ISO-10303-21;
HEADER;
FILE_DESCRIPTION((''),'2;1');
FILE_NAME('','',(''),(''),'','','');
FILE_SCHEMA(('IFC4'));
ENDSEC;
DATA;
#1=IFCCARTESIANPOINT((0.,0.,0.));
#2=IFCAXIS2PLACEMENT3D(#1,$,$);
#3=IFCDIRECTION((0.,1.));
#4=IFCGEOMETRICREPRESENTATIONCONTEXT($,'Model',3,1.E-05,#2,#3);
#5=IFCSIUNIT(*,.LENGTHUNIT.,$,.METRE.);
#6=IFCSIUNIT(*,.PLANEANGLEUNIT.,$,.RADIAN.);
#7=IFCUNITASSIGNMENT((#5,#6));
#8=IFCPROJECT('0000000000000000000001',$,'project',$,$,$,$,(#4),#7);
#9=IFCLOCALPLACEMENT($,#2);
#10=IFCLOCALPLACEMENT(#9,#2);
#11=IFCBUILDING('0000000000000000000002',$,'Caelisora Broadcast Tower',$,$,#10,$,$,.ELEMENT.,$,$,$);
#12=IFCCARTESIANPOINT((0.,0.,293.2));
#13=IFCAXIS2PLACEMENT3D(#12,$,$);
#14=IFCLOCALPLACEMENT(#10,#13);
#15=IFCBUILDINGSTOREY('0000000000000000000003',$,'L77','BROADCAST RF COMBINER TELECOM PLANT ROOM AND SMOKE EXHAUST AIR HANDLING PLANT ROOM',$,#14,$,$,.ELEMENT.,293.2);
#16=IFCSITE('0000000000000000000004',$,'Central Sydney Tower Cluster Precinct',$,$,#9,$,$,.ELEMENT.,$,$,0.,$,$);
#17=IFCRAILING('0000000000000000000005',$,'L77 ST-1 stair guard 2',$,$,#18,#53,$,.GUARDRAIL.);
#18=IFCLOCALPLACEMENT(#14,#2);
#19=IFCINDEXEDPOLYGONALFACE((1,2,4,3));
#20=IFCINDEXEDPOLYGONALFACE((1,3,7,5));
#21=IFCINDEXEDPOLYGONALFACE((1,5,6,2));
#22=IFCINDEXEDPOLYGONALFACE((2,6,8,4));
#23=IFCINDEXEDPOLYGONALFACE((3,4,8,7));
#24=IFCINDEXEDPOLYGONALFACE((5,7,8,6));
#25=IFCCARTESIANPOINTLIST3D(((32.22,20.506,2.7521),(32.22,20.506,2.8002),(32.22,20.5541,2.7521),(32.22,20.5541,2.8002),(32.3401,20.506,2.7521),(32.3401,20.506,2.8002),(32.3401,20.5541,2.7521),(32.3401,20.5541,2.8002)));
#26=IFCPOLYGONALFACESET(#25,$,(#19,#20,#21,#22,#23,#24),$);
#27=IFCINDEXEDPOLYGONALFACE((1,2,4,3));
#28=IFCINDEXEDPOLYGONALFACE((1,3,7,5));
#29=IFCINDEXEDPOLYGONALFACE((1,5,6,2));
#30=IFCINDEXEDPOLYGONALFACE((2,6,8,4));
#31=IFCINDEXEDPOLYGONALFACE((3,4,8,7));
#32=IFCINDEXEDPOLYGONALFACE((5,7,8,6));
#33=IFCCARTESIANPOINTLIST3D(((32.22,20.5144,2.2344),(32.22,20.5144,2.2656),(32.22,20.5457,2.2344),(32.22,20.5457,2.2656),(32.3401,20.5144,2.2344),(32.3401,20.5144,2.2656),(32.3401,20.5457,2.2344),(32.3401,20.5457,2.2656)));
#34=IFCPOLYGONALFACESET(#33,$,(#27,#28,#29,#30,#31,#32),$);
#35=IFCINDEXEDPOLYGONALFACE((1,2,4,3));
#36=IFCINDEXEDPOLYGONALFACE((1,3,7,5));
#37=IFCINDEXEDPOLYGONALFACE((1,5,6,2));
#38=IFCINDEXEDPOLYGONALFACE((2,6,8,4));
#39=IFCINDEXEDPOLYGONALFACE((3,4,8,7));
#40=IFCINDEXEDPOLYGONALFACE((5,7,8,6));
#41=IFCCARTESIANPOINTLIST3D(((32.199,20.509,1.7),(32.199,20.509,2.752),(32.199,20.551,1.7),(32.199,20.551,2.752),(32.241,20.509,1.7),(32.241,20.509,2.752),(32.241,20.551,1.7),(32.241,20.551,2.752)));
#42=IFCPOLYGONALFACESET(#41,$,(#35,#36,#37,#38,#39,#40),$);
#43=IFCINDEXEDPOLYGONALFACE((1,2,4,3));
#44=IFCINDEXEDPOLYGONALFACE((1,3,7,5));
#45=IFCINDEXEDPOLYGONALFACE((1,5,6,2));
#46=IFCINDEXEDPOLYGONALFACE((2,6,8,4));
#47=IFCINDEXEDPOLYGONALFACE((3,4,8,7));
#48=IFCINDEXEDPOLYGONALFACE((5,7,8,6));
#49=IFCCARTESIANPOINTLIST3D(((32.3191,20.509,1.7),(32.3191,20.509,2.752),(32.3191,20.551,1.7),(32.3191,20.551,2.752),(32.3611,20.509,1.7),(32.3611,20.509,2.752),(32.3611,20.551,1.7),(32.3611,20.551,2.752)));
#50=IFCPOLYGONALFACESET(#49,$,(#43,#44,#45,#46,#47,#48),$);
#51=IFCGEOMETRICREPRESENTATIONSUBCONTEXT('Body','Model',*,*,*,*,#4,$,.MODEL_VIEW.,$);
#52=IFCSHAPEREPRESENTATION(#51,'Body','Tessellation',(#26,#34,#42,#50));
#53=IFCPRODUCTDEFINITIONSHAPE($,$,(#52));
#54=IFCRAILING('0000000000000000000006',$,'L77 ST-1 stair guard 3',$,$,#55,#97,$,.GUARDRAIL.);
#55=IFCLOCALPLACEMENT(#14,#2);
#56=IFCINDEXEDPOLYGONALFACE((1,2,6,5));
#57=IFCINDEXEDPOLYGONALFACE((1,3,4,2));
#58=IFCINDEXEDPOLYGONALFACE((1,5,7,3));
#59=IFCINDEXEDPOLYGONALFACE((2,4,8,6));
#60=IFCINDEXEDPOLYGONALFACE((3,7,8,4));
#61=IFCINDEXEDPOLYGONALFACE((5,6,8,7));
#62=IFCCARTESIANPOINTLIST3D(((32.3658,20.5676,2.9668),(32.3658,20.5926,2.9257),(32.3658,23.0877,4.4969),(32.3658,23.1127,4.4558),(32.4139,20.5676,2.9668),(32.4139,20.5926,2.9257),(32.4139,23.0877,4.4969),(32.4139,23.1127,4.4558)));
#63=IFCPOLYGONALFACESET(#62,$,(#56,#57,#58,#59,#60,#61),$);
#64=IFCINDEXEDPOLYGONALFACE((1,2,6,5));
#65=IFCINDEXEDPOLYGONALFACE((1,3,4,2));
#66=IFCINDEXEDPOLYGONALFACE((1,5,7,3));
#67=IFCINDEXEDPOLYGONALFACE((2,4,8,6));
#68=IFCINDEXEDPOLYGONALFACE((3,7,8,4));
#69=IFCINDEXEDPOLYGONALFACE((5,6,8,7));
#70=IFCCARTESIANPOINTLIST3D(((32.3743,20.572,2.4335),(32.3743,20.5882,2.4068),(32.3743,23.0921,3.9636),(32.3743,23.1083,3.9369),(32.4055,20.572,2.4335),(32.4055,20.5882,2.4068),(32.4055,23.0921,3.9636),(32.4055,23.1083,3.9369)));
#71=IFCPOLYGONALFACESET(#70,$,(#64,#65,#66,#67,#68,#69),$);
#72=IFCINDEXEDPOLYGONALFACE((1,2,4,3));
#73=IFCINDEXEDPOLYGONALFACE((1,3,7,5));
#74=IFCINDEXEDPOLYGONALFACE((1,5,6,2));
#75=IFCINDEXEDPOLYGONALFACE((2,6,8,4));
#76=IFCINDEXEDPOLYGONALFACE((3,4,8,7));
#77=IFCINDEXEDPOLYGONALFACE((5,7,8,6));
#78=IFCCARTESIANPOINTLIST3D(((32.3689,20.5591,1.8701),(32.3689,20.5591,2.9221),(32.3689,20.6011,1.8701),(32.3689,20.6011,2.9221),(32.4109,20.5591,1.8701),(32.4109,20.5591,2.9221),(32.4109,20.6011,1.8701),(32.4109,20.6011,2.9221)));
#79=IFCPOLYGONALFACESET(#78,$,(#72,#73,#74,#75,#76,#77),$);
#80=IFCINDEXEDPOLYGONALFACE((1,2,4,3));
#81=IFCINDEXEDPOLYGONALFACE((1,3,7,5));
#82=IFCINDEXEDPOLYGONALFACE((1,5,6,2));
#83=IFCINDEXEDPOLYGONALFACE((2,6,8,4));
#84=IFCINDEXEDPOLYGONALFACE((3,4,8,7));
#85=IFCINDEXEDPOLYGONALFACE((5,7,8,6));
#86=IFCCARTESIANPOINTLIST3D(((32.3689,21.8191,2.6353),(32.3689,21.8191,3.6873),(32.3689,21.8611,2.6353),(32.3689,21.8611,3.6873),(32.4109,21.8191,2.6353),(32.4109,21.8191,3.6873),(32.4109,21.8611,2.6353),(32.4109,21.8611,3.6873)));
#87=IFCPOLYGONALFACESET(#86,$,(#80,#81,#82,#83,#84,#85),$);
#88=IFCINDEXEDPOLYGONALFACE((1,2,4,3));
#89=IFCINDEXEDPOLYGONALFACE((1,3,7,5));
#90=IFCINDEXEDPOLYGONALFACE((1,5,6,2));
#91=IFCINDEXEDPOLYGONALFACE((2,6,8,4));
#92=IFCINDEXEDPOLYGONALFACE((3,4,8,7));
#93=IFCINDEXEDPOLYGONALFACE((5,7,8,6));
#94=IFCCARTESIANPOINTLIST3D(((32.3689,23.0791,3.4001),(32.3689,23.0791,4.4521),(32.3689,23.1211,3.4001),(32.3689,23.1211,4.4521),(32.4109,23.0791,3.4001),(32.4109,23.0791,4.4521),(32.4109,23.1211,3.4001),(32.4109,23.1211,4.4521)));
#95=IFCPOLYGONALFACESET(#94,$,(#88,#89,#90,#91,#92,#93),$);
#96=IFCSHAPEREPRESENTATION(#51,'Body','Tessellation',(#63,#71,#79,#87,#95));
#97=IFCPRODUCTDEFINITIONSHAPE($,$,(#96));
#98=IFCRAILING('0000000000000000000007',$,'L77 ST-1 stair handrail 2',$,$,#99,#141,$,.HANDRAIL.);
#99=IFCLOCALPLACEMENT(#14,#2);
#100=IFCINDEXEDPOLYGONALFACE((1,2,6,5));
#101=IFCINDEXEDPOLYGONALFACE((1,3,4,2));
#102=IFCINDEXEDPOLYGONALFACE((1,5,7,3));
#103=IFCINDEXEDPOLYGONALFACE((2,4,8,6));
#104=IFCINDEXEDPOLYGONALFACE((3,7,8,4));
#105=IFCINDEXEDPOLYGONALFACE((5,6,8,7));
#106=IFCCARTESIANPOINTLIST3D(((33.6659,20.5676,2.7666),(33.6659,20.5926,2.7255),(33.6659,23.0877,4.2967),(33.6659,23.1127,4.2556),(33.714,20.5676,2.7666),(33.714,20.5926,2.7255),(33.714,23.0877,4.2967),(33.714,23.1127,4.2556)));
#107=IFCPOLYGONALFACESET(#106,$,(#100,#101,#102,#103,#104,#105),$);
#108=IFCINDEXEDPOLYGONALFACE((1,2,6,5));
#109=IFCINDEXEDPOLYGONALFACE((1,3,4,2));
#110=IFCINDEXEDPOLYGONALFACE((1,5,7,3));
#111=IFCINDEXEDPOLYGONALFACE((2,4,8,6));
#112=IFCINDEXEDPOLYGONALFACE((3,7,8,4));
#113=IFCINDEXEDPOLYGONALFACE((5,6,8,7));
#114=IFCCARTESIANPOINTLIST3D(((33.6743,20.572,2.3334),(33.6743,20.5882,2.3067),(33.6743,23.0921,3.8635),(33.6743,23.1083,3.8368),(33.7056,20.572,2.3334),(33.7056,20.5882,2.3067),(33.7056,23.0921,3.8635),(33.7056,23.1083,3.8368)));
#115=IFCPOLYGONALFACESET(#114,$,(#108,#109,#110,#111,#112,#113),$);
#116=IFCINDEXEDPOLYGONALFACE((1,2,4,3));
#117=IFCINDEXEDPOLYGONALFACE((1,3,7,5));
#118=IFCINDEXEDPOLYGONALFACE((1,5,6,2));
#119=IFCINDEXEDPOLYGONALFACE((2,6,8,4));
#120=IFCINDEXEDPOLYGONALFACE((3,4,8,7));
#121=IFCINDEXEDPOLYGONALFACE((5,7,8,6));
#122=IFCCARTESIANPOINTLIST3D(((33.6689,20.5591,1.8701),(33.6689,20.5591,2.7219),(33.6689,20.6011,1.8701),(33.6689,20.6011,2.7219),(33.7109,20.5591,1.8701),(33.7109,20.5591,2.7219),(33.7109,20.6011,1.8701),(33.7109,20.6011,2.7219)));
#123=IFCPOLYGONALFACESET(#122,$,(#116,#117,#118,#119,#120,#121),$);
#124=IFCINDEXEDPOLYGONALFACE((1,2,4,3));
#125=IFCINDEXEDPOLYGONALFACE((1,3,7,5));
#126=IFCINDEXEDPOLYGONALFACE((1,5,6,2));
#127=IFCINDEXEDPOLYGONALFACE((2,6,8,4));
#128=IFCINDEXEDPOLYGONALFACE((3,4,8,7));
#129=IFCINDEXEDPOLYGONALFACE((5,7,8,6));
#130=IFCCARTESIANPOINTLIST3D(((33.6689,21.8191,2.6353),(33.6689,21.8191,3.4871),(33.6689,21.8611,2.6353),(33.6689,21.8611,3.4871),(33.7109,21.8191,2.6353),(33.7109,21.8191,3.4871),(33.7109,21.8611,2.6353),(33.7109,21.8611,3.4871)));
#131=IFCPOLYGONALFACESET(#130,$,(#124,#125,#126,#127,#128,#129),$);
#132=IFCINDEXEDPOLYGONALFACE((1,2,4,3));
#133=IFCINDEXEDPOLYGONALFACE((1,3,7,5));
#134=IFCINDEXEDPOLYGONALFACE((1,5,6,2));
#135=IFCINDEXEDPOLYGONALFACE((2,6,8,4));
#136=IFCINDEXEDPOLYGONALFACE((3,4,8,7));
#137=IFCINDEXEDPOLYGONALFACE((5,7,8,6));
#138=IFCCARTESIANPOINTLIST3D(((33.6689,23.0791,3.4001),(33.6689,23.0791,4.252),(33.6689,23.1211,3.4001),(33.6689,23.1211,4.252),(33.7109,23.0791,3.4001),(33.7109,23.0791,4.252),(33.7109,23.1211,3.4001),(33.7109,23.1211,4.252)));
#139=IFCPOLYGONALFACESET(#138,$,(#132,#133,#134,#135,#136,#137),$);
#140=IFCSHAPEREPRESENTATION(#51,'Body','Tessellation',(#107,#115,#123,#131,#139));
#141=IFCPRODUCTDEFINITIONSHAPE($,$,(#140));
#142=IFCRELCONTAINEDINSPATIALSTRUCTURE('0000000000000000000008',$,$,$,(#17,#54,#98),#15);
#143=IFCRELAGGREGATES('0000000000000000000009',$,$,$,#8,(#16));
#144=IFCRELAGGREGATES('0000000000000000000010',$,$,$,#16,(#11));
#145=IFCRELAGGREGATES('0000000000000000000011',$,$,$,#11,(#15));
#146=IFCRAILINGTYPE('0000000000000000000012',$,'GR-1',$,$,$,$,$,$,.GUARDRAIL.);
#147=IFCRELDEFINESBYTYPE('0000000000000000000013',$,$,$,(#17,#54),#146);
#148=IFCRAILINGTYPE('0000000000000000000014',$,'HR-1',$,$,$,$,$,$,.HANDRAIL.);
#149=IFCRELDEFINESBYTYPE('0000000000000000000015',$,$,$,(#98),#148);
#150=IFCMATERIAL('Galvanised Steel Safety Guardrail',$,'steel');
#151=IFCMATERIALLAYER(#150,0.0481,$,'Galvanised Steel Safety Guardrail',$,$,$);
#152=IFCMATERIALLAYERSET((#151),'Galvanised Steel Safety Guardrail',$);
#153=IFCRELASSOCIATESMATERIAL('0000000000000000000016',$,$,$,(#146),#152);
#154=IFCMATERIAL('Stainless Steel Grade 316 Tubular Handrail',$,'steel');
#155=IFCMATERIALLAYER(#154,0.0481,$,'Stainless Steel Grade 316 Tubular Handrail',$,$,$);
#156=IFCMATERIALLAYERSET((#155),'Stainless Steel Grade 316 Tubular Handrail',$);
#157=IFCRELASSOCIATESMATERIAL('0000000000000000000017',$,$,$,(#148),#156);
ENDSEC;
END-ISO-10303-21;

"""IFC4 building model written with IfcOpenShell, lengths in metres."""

from ifc_helpers import new_model, si_unit, direction, frame, origin, origin_2d, place, context, subcontext, project, spatial, rectangle, extrude, material, layer, layer_set, type_object, element, save


model = new_model("IFC4")

# Units and contexts
model_context = context("Model", 3, precision=1e-05, world=origin(), true_north=direction((0.0, 1.0)))
body_context = subcontext(model_context, "Body", "Model", "MODEL_VIEW")
ifc_project = project(units=[si_unit("LENGTHUNIT", "METRE"), si_unit("PLANEANGLEUNIT", "RADIAN")], contexts=[model_context])

# Site, building, storey
site_placement = place(None, origin())
site = spatial("IfcSite", under=ifc_project, at=site_placement, Name="Central Sydney Tower Cluster Precinct", CompositionType="ELEMENT", RefElevation=0.0)
building_placement = place(site_placement, origin())
building = spatial("IfcBuilding", under=site, at=building_placement, Name="Caelisora Broadcast Tower", CompositionType="ELEMENT")
storey_placement = place(building_placement, frame((0.0, 0.0, 293.2)))
storey = spatial("IfcBuildingStorey", under=building, at=storey_placement, Name="L77", Description="BROADCAST RF COMBINER TELECOM PLANT ROOM AND SMOKE EXHAUST AIR HANDLING PLANT ROOM", CompositionType="ELEMENT", Elevation=293.2)

# Railings
ifc_material_1 = material(Name="Galvanised Steel Safety Guardrail", Category="steel")
ifc_layer_1 = layer(ifc_material_1, 0.0481, Name="Galvanised Steel Safety Guardrail")
ifc_layer_set_1 = layer_set([ifc_layer_1], Name="Galvanised Steel Safety Guardrail")
railing_type_1 = type_object("IfcRailingType", Name="GR-1", PredefinedType="GUARDRAIL", material=ifc_layer_set_1)
railing_1_placement = place(storey_placement, frame((32.22, 20.53, 1.7)))
element("IfcRailing", 1, at=railing_1_placement, inside=storey, type_object=railing_type_1, Name="L77 ST-1 stair guard 2", PredefinedType="GUARDRAIL", context=body_context, shape_type="SweptSolid", body=[
    extrude(rectangle(XDim=0.0481, YDim=0.0481, at=origin_2d()), frame((0.0, 0.0, 1.0762), z_axis=(1.0, 0.0, 0.0), x_axis=(0.0, 1.0, 0.0)), (0.0, 0.0, 1.0), 0.1201),
    extrude(rectangle(XDim=0.0312, YDim=0.0312, at=origin_2d()), frame((0.0, 0.0, 0.55), z_axis=(1.0, 0.0, 0.0), x_axis=(0.0, 1.0, 0.0)), (0.0, 0.0, 1.0), 0.1201),
    extrude(rectangle(XDim=0.042, YDim=0.042, at=origin_2d()), origin(), (0.0, 0.0, 1.0), 1.052),
    extrude(rectangle(XDim=0.042, YDim=0.042, at=origin_2d()), frame((0.1201, 0.0, 0.0)), (0.0, 0.0, 1.0), 1.052),
])
railing_2_placement = place(storey_placement, frame((32.3899, 20.5801, 1.8701)))
element("IfcRailing", 2, at=railing_2_placement, inside=storey, type_object=railing_type_1, Name="L77 ST-1 stair guard 3", PredefinedType="GUARDRAIL", context=body_context, shape_type="SweptSolid", body=[
    extrude(rectangle(XDim=0.0481, YDim=0.0481, at=origin_2d()), frame((0.0, 0.0, 1.0762), z_axis=(0.0, 0.854785, 0.518982), x_axis=(-1.0, 0.0, 0.0)), (0.0, 0.0, 1.0), 2.9482),
    extrude(rectangle(XDim=0.0312, YDim=0.0312, at=origin_2d()), frame((0.0, 0.0, 0.55), z_axis=(0.0, 0.854785, 0.518982), x_axis=(-1.0, 0.0, 0.0)), (0.0, 0.0, 1.0), 2.9482),
    extrude(rectangle(XDim=0.042, YDim=0.042, at=origin_2d()), origin(), (0.0, 0.0, 1.0), 1.052),
    extrude(rectangle(XDim=0.042, YDim=0.042, at=origin_2d()), frame((0.0, 1.26, 0.7651)), (0.0, 0.0, 1.0), 1.052),
    extrude(rectangle(XDim=0.042, YDim=0.042, at=origin_2d()), frame((0.0, 2.52, 1.53)), (0.0, 0.0, 1.0), 1.052),
])
ifc_material_2 = material(Name="Stainless Steel Grade 316 Tubular Handrail", Category="steel")
ifc_layer_2 = layer(ifc_material_2, 0.0481, Name="Stainless Steel Grade 316 Tubular Handrail")
ifc_layer_set_2 = layer_set([ifc_layer_2], Name="Stainless Steel Grade 316 Tubular Handrail")
railing_type_2 = type_object("IfcRailingType", Name="HR-1", PredefinedType="HANDRAIL", material=ifc_layer_set_2)
railing_3_placement = place(storey_placement, frame((33.6899, 20.5801, 1.8701)))
element("IfcRailing", 3, at=railing_3_placement, inside=storey, type_object=railing_type_2, Name="L77 ST-1 stair handrail 2", PredefinedType="HANDRAIL", context=body_context, shape_type="SweptSolid", body=[
    extrude(rectangle(XDim=0.0481, YDim=0.0481, at=origin_2d()), frame((0.0, 0.0, 0.876), z_axis=(0.0, 0.854785, 0.518982), x_axis=(-1.0, 0.0, 0.0)), (0.0, 0.0, 1.0), 2.9482),
    extrude(rectangle(XDim=0.0312, YDim=0.0312, at=origin_2d()), frame((0.0, 0.0, 0.45), z_axis=(0.0, 0.854785, 0.518982), x_axis=(-1.0, 0.0, 0.0)), (0.0, 0.0, 1.0), 2.9482),
    extrude(rectangle(XDim=0.042, YDim=0.042, at=origin_2d()), origin(), (0.0, 0.0, 1.0), 0.8518),
    extrude(rectangle(XDim=0.042, YDim=0.042, at=origin_2d()), frame((0.0, 1.26, 0.7651)), (0.0, 0.0, 1.0), 0.8518),
    extrude(rectangle(XDim=0.042, YDim=0.042, at=origin_2d()), frame((0.0, 2.52, 1.53)), (0.0, 0.0, 1.0), 0.8518),
])

save(model, "model.ifc")
